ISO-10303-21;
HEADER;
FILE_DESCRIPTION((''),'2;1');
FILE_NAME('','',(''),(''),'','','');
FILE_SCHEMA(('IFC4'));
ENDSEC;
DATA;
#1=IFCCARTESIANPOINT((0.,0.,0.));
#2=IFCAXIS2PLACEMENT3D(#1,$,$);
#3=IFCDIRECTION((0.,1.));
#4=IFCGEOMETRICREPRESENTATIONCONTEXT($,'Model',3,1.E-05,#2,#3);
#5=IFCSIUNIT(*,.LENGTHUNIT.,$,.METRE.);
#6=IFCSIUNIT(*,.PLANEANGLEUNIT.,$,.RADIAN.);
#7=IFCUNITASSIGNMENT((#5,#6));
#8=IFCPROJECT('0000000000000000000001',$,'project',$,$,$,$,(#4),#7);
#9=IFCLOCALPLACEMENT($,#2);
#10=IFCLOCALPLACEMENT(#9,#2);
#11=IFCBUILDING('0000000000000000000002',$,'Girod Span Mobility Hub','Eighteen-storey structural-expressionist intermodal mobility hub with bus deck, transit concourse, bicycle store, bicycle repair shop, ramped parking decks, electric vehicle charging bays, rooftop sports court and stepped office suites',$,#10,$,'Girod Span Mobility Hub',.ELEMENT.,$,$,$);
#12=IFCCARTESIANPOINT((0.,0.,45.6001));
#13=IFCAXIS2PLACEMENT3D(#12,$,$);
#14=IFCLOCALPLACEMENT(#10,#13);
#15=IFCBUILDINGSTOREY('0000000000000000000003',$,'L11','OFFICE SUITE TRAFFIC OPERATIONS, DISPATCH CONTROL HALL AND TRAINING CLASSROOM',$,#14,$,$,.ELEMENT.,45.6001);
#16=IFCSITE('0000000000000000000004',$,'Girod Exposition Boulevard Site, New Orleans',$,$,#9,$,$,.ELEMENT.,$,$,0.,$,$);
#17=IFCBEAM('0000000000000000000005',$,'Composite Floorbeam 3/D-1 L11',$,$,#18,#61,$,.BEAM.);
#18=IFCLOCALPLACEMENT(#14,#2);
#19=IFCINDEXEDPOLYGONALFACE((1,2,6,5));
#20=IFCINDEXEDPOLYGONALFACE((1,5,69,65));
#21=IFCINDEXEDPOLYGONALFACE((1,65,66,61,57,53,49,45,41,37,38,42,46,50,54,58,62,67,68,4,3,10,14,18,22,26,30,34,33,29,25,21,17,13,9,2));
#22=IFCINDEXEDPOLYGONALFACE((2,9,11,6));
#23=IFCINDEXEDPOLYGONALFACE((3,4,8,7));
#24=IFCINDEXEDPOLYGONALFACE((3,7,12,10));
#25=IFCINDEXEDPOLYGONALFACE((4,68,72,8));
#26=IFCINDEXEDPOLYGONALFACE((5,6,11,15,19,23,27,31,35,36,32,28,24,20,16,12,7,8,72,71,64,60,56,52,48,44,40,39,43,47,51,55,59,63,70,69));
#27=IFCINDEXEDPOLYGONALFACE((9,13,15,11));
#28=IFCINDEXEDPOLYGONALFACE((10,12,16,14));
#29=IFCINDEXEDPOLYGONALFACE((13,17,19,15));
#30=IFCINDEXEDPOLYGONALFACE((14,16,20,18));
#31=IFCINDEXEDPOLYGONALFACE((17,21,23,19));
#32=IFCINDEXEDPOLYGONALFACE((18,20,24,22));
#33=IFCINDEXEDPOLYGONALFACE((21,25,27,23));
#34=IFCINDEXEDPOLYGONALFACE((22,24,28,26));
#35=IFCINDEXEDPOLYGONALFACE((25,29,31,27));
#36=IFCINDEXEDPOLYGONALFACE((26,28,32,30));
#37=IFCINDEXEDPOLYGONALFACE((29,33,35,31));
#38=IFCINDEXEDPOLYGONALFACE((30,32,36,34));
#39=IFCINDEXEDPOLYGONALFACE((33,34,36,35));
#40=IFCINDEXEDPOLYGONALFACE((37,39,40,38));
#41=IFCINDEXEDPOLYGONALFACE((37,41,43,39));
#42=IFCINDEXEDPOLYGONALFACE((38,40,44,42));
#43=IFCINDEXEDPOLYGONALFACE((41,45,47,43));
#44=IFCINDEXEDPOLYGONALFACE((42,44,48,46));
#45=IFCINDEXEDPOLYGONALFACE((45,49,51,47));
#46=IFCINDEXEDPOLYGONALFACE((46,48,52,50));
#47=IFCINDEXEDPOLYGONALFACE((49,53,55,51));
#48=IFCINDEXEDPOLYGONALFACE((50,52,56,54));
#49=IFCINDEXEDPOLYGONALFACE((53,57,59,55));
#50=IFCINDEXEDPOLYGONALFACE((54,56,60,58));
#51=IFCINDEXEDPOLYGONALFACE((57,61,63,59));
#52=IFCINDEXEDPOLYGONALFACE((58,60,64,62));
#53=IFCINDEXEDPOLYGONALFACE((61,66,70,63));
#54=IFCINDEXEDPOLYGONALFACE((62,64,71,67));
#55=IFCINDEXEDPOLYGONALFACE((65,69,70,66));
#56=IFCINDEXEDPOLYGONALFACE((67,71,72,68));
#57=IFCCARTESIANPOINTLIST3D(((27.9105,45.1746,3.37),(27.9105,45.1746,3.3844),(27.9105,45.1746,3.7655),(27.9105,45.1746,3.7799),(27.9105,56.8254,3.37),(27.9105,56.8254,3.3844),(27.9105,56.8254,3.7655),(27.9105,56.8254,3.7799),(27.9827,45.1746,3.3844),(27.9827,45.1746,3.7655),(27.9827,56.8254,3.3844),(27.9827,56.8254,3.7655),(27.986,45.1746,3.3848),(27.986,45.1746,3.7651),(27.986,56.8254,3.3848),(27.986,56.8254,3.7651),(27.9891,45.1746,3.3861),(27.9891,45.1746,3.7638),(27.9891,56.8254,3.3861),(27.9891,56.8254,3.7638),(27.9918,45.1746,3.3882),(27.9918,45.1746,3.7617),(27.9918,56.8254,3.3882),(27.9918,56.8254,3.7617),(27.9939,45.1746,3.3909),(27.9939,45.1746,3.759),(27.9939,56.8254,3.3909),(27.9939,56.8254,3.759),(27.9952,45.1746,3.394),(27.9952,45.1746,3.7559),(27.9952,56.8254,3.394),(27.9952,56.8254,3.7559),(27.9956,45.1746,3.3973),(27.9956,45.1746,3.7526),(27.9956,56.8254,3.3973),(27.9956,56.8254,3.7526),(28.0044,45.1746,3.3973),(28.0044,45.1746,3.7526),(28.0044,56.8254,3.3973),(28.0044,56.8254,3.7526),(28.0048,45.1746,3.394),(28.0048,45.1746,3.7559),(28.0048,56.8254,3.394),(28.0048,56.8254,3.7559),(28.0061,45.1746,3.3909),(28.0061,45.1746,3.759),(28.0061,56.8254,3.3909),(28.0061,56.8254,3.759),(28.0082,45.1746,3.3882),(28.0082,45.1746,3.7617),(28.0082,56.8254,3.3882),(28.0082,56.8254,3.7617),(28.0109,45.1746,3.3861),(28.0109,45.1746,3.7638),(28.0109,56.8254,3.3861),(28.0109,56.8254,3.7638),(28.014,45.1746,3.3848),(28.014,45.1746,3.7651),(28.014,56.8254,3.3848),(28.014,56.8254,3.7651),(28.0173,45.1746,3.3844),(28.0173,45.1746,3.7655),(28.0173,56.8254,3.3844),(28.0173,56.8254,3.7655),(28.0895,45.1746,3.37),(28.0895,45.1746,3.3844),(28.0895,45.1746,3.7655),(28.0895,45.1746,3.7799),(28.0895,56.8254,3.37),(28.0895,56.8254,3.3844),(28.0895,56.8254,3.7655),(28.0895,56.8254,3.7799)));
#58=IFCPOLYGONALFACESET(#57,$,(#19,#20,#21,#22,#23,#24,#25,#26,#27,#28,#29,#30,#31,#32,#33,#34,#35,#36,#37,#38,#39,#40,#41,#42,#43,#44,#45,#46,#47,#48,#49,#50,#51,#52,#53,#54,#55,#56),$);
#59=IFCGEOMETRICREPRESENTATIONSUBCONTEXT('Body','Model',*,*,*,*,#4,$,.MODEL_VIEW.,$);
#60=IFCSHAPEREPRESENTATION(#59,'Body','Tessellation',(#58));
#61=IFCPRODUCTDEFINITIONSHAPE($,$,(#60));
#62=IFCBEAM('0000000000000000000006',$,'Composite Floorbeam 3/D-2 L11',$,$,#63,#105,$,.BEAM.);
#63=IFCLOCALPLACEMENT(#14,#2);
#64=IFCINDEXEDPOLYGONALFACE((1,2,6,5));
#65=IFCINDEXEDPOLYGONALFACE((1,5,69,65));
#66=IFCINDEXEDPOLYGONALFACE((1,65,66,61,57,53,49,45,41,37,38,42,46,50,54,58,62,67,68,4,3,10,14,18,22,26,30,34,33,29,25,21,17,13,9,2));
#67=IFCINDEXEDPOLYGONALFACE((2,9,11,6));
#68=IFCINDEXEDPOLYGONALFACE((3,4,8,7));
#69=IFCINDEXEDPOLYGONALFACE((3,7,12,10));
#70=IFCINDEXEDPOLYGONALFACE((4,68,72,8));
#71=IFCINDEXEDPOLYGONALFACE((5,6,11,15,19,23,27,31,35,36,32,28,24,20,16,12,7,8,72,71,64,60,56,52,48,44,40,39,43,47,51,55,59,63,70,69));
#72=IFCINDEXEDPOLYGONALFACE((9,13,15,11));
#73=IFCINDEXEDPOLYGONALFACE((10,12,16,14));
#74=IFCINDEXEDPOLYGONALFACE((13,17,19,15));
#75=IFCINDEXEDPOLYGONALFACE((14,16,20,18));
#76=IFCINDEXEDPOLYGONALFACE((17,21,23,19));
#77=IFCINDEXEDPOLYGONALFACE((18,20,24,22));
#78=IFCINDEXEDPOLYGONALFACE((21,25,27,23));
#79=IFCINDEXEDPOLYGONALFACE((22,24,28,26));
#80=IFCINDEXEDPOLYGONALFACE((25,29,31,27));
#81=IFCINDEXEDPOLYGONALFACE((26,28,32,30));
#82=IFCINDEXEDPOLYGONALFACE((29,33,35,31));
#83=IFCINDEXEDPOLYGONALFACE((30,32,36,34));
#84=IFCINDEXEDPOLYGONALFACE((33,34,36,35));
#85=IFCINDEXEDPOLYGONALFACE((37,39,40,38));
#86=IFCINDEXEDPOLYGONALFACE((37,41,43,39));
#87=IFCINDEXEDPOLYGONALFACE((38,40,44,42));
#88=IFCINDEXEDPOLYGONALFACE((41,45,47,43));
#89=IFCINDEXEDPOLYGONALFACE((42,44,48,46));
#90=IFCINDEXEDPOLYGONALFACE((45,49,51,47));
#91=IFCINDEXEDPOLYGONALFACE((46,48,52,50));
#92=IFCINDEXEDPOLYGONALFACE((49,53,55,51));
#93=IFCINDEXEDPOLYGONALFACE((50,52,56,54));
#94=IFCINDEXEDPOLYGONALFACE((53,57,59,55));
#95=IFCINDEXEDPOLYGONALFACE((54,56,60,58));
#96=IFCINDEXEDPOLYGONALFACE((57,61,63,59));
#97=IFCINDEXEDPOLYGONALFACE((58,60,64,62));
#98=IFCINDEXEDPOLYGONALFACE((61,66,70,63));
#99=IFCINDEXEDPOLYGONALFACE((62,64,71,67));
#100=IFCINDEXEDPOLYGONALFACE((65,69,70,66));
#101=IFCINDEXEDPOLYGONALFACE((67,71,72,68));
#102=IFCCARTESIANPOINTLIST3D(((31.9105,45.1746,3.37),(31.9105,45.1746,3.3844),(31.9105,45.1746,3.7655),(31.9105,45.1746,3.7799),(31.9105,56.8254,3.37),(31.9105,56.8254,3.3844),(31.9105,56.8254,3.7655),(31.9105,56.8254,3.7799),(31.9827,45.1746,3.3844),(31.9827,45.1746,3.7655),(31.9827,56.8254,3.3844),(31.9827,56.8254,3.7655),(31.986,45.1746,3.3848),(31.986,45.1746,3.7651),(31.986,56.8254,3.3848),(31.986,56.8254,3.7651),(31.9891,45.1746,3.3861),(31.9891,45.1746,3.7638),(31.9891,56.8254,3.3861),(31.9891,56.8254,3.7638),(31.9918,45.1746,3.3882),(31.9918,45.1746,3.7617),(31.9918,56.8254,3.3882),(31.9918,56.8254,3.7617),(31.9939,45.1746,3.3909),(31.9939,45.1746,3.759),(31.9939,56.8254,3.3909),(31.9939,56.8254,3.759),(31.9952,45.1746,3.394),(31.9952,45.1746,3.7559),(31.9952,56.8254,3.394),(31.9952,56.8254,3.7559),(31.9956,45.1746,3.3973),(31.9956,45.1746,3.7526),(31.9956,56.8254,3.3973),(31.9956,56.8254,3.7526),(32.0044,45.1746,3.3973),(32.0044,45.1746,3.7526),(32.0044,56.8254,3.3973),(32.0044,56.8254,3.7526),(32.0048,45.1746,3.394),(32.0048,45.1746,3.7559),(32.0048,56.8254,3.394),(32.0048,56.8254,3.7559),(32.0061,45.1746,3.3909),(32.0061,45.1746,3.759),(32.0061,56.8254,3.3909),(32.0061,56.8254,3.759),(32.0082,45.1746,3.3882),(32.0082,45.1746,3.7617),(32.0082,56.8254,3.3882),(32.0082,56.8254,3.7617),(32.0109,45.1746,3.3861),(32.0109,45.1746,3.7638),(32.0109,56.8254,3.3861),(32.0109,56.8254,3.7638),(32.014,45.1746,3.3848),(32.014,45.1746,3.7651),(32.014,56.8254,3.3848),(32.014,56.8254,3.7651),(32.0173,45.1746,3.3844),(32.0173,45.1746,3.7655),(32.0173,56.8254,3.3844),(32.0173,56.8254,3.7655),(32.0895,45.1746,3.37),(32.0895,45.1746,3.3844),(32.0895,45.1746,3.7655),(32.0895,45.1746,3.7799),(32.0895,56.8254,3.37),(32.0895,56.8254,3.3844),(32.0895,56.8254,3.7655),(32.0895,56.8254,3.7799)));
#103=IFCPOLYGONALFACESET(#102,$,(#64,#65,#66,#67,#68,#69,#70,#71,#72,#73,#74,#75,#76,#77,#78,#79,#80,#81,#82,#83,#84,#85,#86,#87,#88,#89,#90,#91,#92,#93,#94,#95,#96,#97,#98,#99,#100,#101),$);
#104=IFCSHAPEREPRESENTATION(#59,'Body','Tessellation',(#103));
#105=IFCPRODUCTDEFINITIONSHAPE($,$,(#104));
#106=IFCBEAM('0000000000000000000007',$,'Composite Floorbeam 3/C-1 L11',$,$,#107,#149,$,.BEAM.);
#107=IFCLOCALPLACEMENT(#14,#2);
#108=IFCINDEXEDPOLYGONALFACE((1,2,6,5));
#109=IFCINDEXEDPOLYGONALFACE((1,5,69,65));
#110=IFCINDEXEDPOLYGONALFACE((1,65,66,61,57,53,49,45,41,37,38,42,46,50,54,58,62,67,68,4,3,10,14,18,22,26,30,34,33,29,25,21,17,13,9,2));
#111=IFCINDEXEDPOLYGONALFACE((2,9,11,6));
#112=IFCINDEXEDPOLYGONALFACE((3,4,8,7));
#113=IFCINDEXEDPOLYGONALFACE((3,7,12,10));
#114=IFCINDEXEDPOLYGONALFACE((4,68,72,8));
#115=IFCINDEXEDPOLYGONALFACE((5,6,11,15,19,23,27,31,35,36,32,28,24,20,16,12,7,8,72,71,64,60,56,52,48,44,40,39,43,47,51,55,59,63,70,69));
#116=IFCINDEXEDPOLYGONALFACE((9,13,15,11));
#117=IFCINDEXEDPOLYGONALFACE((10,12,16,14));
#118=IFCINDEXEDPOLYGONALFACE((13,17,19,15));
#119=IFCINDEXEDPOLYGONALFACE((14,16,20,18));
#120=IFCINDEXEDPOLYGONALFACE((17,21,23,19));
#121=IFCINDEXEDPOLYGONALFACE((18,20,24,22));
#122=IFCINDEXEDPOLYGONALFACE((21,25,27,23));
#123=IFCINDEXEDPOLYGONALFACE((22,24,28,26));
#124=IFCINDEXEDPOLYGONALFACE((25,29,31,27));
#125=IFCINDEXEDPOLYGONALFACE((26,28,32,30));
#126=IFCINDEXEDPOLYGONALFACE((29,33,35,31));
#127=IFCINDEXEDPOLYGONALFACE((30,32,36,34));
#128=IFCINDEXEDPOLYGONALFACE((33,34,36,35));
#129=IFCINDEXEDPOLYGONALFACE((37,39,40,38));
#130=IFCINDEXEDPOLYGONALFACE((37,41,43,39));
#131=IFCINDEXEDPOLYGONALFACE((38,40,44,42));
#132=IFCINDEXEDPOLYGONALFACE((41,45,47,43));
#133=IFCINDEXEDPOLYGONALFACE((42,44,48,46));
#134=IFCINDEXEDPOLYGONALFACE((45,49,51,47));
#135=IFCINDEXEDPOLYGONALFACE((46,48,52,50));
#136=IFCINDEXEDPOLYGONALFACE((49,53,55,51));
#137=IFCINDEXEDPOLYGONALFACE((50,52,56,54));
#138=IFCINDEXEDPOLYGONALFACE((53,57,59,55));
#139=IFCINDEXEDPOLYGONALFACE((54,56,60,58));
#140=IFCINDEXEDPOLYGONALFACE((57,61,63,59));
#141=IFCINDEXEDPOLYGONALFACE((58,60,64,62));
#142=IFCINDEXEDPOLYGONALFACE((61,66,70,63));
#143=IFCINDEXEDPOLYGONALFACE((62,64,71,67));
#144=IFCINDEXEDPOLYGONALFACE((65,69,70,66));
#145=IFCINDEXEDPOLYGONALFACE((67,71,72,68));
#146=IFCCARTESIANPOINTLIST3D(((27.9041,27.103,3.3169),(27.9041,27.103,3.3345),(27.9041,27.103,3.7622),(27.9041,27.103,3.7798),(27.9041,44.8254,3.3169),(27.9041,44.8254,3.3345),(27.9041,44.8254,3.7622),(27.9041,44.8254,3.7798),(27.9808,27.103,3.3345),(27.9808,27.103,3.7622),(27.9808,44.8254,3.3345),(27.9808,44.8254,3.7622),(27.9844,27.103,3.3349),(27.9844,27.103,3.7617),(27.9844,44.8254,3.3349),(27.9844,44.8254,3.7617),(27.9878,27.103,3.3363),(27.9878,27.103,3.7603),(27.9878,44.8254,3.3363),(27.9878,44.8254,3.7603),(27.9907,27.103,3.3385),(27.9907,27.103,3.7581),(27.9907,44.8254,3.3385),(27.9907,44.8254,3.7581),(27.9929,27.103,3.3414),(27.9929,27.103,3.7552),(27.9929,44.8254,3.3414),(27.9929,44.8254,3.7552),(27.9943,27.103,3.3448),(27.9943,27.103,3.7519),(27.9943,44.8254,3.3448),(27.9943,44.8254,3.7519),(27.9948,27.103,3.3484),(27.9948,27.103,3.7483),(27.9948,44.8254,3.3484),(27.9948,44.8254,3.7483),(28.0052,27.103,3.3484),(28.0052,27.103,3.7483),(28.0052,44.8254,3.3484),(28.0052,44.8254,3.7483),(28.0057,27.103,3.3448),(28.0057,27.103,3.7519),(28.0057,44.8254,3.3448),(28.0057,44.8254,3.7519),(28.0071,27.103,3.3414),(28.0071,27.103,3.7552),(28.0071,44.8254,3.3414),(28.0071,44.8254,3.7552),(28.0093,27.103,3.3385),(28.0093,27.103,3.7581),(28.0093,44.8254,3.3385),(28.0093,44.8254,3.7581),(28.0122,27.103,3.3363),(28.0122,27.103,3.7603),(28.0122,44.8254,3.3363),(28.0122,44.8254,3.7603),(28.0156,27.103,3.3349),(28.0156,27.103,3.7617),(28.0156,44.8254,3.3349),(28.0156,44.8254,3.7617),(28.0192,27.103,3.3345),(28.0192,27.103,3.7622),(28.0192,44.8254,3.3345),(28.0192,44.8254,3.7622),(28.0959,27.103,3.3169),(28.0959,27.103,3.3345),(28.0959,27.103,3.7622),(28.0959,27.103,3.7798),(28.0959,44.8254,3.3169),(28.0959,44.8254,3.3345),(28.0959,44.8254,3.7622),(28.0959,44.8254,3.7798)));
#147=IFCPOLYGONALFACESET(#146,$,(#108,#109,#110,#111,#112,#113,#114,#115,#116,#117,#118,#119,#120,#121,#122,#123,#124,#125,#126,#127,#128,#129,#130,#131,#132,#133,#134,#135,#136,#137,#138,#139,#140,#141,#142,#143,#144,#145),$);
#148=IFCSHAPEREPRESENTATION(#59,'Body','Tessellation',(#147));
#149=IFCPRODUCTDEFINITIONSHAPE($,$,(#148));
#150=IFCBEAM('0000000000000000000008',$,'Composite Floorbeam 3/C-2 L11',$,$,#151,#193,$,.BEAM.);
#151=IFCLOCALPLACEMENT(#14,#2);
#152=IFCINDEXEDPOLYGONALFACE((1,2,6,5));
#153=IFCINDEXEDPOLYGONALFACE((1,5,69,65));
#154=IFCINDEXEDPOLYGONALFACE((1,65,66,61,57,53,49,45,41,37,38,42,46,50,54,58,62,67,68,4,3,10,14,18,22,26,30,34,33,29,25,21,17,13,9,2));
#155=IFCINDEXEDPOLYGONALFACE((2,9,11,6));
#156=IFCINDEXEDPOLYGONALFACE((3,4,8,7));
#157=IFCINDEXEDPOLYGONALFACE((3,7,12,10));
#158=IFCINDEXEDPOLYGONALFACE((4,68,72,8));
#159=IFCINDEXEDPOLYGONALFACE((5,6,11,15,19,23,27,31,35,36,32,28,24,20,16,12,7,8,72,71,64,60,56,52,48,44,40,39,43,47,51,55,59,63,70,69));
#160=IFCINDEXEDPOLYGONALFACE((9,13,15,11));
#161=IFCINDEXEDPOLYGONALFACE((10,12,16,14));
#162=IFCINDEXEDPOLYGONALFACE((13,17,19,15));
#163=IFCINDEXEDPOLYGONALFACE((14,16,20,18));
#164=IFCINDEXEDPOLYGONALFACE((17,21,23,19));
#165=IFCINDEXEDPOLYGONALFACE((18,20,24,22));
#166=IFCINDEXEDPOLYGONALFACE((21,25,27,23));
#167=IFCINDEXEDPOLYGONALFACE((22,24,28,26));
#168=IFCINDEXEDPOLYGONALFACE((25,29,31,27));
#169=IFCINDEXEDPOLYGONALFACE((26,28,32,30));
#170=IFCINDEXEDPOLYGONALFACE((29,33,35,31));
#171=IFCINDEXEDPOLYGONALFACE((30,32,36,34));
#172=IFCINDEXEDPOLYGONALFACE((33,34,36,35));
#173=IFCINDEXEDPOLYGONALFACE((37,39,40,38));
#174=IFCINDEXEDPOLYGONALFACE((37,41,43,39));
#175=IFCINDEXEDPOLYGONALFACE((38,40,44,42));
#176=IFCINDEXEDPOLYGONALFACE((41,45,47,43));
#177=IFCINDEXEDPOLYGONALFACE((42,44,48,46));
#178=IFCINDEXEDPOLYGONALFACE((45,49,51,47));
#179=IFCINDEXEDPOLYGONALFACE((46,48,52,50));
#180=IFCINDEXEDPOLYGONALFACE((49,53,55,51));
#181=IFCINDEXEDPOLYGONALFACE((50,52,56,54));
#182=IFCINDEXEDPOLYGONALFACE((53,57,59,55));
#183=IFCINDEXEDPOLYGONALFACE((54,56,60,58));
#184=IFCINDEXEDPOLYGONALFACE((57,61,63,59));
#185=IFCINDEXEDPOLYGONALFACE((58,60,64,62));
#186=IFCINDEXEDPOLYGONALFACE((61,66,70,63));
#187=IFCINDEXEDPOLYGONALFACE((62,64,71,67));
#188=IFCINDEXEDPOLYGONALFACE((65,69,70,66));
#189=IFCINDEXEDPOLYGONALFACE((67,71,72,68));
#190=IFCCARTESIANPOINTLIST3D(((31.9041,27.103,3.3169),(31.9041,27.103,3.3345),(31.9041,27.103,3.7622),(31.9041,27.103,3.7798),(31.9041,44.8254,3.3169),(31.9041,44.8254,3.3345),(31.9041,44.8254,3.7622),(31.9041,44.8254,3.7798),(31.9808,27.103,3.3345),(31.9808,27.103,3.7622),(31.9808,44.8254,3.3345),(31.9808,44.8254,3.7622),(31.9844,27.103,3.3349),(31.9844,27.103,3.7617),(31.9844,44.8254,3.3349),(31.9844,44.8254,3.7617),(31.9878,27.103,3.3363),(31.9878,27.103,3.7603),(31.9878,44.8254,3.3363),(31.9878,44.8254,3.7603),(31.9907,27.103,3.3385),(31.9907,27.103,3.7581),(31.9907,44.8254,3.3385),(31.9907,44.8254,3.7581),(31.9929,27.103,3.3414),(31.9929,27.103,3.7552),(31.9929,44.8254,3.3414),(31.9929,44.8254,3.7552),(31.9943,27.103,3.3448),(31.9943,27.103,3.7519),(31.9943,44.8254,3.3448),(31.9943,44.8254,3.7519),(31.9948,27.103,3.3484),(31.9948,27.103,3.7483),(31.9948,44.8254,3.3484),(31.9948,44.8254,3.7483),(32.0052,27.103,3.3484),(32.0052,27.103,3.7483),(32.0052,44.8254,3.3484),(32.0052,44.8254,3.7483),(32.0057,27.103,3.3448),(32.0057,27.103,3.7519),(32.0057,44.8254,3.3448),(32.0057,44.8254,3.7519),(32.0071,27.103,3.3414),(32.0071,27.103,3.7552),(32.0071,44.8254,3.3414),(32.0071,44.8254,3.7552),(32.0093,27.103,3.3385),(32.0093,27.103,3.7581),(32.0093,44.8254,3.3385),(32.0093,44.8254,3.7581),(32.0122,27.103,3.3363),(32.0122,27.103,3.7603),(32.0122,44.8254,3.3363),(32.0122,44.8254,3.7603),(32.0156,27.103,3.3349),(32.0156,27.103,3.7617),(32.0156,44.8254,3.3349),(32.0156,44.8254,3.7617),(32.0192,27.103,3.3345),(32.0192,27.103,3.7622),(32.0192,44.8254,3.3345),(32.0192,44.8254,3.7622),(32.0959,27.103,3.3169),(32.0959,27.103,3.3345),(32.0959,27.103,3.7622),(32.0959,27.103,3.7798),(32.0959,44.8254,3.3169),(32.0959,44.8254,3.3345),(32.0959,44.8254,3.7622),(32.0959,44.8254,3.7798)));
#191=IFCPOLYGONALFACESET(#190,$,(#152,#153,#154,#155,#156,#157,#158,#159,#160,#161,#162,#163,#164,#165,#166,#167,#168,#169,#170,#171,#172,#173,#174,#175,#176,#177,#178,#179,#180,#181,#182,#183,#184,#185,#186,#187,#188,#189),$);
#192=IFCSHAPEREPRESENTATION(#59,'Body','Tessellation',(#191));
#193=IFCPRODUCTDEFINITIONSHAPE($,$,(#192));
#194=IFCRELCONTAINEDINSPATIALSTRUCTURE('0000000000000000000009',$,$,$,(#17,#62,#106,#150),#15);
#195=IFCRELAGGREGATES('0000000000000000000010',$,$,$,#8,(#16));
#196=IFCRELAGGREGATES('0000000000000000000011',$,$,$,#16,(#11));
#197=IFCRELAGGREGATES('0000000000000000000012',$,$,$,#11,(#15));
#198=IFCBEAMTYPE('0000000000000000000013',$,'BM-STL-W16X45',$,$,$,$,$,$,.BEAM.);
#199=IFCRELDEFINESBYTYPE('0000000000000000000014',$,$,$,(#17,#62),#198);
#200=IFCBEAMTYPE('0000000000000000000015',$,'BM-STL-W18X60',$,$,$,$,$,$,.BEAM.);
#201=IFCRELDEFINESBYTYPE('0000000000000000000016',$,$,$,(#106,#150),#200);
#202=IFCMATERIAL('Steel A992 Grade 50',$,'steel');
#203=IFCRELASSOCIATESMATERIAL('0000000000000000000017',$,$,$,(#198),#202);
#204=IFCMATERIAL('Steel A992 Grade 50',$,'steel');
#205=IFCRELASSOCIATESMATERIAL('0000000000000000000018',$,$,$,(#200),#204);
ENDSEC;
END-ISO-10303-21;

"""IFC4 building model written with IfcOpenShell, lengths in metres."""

from ifc_helpers import new_model, si_unit, direction, frame, origin, origin_2d, place, context, subcontext, project, spatial, i_section, extrude, material, material_profile, profile_set, type_object, element, save


model = new_model("IFC4")

# Units and contexts
model_context = context("Model", 3, precision=1e-05, world=origin(), true_north=direction((0.0, 1.0)))
body_context = subcontext(model_context, "Body", "Model", "MODEL_VIEW")
ifc_project = project(units=[si_unit("LENGTHUNIT", "METRE"), si_unit("PLANEANGLEUNIT", "RADIAN")], contexts=[model_context])

# Site, building, storey
site_placement = place(None, origin())
site = spatial("IfcSite", under=ifc_project, at=site_placement, Name="Girod Exposition Boulevard Site, New Orleans", CompositionType="ELEMENT", RefElevation=0.0)
building_placement = place(site_placement, origin())
building = spatial("IfcBuilding", under=site, at=building_placement, Name="Girod Span Mobility Hub", Description="Eighteen-storey structural-expressionist intermodal mobility hub with bus deck, transit concourse, bicycle store, bicycle repair shop, ramped parking decks, electric vehicle charging bays, rooftop sports court and stepped office suites", LongName="Girod Span Mobility Hub", CompositionType="ELEMENT")
storey_placement = place(building_placement, frame((0.0, 0.0, 45.6001)))
storey = spatial("IfcBuildingStorey", under=building, at=storey_placement, Name="L11", Description="OFFICE SUITE TRAFFIC OPERATIONS, DISPATCH CONTROL HALL AND TRAINING CLASSROOM", CompositionType="ELEMENT", Elevation=45.6001)

# Beams
ifc_material_1 = material(Name="Steel A992 Grade 50", Category="steel")
ifc_material_profile_1 = material_profile(ifc_material_1, i_section(OverallWidth=0.179, OverallDepth=0.4099, WebThickness=0.0088, FlangeThickness=0.0144, FilletRadius=0.0129, at=origin_2d()), Name="W16X45")
ifc_profile_set_1 = profile_set([ifc_material_profile_1], Name="Steel A992 Grade 50")
beam_type_1 = type_object("IfcBeamType", Name="BM-STL-W16X45", PredefinedType="BEAM", material=ifc_profile_set_1)
for number, where, z_axis, x_axis, name in (
    (1, (28.0, 45.1746, 3.575), (0.0, 1.0, 0.0), (-1.0, 0.0, 0.0), "Composite Floorbeam 3/D-1 L11"),
    (2, (32.0, 45.1746, 3.575), (0.0, 1.0, 0.0), (-1.0, 0.0, 0.0), "Composite Floorbeam 3/D-2 L11"),
):
    element("IfcBeam", number, at=place(storey_placement, frame(where, z_axis=z_axis, x_axis=x_axis)), inside=storey, type_object=beam_type_1, Name=name, PredefinedType="BEAM", context=body_context, shape_type="SweptSolid", body=[
        extrude(i_section(OverallWidth=0.179, OverallDepth=0.4099, WebThickness=0.0088, FlangeThickness=0.0144, FilletRadius=0.0129, at=origin_2d()), origin(), (0.0, 0.0, 1.0), 11.6509),
    ])
ifc_material_2 = material(Name="Steel A992 Grade 50", Category="steel")
ifc_material_profile_2 = material_profile(ifc_material_2, i_section(OverallWidth=0.1919, OverallDepth=0.4629, WebThickness=0.0105, FlangeThickness=0.0176, FilletRadius=0.0139, at=origin_2d()), Name="W18X60")
ifc_profile_set_2 = profile_set([ifc_material_profile_2], Name="Steel A992 Grade 50")
beam_type_2 = type_object("IfcBeamType", Name="BM-STL-W18X60", PredefinedType="BEAM", material=ifc_profile_set_2)
for number, where, z_axis, x_axis, name in (
    (3, (28.0, 27.103, 3.5483), (0.0, 1.0, 0.0), (-1.0, 0.0, 0.0), "Composite Floorbeam 3/C-1 L11"),
    (4, (32.0, 27.103, 3.5483), (0.0, 1.0, 0.0), (-1.0, 0.0, 0.0), "Composite Floorbeam 3/C-2 L11"),
):
    element("IfcBeam", number, at=place(storey_placement, frame(where, z_axis=z_axis, x_axis=x_axis)), inside=storey, type_object=beam_type_2, Name=name, PredefinedType="BEAM", context=body_context, shape_type="SweptSolid", body=[
        extrude(i_section(OverallWidth=0.1919, OverallDepth=0.4629, WebThickness=0.0105, FlangeThickness=0.0176, FilletRadius=0.0139, at=origin_2d()), origin(), (0.0, 0.0, 1.0), 17.7224),
    ])

save(model, "model.ifc")
